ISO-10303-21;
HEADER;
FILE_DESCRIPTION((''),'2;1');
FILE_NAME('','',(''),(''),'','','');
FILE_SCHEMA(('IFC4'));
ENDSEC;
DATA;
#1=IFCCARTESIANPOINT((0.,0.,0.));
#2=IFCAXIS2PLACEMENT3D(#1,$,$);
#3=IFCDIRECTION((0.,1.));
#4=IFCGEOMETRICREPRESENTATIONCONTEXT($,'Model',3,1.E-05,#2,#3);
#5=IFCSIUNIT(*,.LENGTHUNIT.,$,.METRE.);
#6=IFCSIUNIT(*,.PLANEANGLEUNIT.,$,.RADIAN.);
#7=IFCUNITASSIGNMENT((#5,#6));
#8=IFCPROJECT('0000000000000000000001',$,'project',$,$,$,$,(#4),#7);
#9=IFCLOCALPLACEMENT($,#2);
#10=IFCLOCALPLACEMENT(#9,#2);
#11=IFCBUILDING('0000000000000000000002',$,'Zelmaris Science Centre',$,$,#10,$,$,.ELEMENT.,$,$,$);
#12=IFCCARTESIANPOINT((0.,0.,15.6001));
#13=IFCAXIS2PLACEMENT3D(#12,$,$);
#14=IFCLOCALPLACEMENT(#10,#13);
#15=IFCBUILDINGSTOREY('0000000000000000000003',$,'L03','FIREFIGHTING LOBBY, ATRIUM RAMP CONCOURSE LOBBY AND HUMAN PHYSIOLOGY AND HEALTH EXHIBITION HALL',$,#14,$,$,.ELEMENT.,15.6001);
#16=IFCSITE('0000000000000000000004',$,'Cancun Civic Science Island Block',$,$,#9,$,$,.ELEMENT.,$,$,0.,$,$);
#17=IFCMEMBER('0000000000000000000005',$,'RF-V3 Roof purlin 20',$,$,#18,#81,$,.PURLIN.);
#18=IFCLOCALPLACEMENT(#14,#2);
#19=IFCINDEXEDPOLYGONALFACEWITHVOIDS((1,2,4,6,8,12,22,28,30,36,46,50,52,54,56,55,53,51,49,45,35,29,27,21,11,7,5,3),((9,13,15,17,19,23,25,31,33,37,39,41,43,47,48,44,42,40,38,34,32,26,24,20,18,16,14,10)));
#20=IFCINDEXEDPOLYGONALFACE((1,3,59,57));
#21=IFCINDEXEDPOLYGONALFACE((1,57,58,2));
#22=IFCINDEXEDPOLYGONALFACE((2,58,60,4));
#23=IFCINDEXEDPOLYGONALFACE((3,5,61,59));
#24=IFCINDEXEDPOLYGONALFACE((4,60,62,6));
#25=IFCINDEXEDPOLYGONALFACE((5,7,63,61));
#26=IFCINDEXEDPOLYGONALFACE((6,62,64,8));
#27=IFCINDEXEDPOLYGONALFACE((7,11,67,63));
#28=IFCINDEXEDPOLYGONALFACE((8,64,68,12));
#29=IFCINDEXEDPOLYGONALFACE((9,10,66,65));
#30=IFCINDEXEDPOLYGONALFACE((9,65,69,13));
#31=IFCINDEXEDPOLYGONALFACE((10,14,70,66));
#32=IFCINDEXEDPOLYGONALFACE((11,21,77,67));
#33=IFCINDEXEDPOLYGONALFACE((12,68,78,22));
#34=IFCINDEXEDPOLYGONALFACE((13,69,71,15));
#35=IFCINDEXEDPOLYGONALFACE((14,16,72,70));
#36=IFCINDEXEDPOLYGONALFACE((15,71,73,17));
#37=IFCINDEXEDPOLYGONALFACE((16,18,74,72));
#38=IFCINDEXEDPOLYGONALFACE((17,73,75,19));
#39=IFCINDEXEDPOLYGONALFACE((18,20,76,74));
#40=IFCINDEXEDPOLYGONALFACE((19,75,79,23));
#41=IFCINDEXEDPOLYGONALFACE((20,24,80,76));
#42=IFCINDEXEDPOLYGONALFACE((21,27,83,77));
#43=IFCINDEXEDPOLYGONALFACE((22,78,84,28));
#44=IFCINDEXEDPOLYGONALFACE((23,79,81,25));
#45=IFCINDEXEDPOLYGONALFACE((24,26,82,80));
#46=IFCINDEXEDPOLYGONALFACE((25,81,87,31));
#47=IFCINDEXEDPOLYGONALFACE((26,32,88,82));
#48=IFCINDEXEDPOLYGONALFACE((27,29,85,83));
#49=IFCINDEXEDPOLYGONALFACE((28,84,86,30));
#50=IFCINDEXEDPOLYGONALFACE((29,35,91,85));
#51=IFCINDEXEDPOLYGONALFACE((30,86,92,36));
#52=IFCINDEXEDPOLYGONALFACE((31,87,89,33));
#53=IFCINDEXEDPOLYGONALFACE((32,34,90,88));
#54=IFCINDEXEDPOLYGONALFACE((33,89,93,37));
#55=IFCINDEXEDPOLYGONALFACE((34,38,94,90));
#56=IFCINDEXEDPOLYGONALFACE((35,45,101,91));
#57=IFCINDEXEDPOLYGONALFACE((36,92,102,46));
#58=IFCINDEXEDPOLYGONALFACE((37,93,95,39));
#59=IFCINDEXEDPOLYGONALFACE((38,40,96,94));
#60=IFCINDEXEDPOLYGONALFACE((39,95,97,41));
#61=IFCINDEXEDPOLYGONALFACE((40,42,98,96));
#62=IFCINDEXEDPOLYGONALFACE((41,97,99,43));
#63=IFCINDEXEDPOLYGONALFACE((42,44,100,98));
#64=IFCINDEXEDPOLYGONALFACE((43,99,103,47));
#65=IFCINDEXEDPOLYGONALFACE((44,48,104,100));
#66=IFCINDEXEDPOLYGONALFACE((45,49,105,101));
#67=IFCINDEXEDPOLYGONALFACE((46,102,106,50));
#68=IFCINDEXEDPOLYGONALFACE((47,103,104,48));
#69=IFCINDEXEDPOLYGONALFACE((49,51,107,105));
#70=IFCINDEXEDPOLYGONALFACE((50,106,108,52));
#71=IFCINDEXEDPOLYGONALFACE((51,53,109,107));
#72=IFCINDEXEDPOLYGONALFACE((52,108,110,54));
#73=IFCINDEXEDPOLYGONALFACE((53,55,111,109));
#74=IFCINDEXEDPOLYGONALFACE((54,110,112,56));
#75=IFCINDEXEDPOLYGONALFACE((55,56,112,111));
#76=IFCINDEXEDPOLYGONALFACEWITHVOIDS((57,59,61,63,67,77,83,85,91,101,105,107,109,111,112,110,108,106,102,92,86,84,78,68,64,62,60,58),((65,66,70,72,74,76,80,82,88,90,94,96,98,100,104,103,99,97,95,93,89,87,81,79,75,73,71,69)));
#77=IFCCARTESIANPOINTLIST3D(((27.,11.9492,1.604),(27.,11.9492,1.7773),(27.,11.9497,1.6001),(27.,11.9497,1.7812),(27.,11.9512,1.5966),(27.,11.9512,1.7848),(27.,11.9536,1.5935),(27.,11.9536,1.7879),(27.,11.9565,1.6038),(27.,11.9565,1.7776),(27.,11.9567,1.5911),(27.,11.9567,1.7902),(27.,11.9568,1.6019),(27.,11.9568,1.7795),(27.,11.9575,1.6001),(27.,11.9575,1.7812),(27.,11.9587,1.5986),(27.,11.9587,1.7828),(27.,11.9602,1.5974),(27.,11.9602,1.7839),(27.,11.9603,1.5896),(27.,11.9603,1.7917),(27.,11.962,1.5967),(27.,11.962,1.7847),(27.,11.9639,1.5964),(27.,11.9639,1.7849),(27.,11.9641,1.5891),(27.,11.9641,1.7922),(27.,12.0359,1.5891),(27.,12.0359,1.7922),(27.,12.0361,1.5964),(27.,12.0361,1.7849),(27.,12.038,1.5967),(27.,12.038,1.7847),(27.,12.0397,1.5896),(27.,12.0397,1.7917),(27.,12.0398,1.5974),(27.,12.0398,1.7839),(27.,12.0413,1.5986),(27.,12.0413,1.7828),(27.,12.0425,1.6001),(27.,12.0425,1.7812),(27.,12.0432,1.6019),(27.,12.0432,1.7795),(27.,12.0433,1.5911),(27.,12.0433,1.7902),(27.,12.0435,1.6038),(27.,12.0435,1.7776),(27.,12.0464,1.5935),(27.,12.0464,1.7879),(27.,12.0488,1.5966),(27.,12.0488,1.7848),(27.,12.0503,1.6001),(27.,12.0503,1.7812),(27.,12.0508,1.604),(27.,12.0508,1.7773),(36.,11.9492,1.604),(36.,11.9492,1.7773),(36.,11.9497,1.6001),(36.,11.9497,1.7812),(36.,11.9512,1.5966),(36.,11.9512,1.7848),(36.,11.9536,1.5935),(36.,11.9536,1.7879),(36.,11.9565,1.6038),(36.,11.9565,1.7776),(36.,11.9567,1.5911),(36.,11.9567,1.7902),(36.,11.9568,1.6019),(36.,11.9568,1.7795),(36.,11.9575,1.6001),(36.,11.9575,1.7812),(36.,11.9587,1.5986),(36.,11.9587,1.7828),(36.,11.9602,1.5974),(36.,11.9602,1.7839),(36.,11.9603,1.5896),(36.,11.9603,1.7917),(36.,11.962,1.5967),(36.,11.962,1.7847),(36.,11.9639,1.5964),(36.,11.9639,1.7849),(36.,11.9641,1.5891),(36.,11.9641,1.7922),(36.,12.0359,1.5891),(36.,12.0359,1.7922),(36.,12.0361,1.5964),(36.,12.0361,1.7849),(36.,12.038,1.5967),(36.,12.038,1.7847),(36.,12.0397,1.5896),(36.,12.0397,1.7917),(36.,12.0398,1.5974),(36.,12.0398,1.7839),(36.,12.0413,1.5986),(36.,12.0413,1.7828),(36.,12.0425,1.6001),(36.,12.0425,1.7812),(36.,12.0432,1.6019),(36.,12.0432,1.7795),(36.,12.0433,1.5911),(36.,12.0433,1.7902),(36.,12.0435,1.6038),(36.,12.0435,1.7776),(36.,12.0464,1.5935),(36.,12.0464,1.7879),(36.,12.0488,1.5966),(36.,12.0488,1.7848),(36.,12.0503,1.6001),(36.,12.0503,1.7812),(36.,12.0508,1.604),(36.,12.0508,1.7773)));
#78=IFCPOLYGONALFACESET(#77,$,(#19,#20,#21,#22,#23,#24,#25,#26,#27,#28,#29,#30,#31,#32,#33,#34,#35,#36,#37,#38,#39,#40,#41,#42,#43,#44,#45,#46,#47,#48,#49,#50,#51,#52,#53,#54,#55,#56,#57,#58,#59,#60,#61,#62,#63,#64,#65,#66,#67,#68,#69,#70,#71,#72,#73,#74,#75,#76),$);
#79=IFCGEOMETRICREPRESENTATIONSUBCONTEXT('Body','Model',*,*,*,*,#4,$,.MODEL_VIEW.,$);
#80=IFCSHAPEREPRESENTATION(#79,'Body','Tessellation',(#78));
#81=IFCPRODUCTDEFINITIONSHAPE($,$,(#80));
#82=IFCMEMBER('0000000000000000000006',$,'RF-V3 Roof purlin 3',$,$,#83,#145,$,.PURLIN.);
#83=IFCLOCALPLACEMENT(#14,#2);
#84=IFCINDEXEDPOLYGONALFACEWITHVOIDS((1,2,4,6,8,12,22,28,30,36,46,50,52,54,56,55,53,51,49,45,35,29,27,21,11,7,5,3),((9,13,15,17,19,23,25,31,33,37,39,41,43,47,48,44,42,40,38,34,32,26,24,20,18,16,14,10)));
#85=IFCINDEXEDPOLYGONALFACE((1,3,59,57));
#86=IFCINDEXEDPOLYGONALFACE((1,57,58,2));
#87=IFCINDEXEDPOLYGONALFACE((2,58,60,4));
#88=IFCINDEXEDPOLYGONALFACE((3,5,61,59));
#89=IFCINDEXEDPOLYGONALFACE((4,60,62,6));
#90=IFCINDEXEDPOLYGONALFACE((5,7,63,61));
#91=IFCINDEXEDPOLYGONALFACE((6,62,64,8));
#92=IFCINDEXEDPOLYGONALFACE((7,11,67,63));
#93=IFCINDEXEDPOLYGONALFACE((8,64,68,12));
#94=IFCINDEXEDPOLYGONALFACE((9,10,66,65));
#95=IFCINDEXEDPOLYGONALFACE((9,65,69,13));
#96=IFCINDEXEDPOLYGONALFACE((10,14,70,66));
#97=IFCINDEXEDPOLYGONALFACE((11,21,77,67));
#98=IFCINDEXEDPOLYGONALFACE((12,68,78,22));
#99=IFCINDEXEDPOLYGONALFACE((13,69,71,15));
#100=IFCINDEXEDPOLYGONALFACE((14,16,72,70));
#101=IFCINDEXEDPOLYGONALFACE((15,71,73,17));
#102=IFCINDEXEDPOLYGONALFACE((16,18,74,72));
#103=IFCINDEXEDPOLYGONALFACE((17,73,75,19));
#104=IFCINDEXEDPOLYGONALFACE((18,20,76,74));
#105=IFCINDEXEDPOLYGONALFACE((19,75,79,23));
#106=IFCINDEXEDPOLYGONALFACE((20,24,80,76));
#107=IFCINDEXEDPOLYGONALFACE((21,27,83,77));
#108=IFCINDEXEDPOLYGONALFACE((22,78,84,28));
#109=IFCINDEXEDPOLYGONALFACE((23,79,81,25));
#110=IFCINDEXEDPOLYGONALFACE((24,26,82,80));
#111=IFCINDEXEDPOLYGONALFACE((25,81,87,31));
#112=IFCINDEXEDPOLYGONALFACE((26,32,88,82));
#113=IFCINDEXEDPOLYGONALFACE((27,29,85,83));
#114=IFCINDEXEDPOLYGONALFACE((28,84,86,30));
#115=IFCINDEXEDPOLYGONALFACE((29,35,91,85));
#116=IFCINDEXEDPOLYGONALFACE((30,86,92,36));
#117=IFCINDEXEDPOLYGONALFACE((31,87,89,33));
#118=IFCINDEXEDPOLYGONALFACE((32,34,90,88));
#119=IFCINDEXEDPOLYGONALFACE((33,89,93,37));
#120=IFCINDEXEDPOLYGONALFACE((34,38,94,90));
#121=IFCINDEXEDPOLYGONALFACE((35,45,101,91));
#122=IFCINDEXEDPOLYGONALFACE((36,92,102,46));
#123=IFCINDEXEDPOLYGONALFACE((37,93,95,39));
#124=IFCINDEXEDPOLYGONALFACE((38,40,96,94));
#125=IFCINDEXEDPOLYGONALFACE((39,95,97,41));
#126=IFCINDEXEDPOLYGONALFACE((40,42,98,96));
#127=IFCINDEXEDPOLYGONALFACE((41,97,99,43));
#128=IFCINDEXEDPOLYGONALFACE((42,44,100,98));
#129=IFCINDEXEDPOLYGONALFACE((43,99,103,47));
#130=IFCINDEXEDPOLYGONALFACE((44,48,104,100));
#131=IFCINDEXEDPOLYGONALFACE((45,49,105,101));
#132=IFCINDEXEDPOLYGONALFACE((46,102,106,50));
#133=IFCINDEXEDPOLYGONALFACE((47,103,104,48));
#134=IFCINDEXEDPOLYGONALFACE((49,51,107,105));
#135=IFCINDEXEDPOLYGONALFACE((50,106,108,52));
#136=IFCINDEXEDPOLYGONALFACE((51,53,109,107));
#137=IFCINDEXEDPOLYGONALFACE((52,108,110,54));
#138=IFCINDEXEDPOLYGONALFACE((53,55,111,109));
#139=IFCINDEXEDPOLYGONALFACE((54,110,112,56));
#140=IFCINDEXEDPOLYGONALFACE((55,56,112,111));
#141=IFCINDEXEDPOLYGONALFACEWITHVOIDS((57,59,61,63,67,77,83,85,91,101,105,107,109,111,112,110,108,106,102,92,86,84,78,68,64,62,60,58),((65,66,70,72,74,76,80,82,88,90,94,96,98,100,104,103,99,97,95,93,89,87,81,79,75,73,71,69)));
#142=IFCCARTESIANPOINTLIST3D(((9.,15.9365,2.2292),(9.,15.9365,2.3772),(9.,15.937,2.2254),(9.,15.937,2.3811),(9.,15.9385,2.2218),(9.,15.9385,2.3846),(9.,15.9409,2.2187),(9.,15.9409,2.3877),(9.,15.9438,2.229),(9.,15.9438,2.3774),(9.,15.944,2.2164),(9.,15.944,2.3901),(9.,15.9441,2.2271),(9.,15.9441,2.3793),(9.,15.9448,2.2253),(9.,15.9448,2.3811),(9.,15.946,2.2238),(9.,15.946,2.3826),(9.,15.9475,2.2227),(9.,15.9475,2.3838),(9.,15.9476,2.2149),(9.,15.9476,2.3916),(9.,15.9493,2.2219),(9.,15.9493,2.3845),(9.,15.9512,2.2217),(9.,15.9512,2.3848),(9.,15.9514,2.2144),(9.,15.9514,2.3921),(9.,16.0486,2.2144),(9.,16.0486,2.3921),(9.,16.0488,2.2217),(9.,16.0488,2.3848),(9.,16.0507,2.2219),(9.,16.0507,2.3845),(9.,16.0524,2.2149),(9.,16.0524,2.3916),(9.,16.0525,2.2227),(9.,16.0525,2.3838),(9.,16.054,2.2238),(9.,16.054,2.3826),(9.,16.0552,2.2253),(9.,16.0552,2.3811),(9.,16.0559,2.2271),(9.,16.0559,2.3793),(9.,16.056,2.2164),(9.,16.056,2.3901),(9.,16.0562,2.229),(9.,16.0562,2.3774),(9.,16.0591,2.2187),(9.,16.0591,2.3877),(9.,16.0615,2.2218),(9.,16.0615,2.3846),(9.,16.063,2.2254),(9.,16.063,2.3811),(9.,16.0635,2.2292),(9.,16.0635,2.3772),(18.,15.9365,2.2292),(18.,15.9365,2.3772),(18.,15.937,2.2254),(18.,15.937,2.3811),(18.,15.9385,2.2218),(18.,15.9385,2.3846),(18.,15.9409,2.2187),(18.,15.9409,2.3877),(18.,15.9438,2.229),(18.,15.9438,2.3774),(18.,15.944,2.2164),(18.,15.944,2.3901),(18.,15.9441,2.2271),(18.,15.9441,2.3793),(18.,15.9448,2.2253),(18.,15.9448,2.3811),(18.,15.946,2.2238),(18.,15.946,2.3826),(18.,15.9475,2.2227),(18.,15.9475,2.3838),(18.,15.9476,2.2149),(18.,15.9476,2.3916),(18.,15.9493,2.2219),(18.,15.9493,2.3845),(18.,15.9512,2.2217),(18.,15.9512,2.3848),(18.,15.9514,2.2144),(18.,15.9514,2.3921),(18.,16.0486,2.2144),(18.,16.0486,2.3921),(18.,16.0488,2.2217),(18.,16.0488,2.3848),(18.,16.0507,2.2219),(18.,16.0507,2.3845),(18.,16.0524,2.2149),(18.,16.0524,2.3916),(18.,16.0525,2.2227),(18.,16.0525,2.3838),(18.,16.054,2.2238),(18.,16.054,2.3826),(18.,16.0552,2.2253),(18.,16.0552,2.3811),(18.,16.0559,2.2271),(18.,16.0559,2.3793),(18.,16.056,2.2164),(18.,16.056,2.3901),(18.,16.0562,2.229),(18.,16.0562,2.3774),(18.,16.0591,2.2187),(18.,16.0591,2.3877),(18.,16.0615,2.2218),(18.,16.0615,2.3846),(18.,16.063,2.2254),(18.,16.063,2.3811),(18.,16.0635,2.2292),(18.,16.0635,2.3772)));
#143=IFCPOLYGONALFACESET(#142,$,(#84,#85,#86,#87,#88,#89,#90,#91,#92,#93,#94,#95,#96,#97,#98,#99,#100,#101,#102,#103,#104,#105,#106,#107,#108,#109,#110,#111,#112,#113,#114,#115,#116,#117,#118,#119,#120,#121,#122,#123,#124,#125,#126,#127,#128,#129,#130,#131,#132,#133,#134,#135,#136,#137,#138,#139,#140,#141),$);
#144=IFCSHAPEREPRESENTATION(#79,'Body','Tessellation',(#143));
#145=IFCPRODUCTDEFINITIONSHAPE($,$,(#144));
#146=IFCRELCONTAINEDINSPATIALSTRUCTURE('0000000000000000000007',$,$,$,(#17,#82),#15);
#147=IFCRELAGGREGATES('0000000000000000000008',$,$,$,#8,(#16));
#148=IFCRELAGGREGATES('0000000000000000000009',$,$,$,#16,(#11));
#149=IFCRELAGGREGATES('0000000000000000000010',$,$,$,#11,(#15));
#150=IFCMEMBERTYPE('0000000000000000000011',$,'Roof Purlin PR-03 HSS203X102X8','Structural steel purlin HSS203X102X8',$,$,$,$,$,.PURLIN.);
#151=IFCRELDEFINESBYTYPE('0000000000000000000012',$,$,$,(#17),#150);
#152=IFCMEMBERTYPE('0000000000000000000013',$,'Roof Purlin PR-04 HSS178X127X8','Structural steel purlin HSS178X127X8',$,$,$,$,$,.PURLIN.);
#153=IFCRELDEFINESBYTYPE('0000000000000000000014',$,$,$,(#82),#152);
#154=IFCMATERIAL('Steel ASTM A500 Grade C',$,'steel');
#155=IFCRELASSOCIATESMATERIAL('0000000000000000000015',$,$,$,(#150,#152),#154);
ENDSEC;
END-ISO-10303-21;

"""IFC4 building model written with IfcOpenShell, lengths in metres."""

from ifc_helpers import new_model, si_unit, direction, frame, origin, origin_2d, place, context, subcontext, project, spatial, hollow_rectangle, extrude, material, material_profile, profile_set, type_object, element, save


model = new_model("IFC4")

# Units and contexts
model_context = context("Model", 3, precision=1e-05, world=origin(), true_north=direction((0.0, 1.0)))
body_context = subcontext(model_context, "Body", "Model", "MODEL_VIEW")
ifc_project = project(units=[si_unit("LENGTHUNIT", "METRE"), si_unit("PLANEANGLEUNIT", "RADIAN")], contexts=[model_context])

# Site, building, storey
site_placement = place(None, origin())
site = spatial("IfcSite", under=ifc_project, at=site_placement, Name="Cancun Civic Science Island Block", CompositionType="ELEMENT", RefElevation=0.0)
building_placement = place(site_placement, origin())
building = spatial("IfcBuilding", under=site, at=building_placement, Name="Zelmaris Science Centre", CompositionType="ELEMENT")
storey_placement = place(building_placement, frame((0.0, 0.0, 15.6001)))
storey = spatial("IfcBuildingStorey", under=building, at=storey_placement, Name="L03", Description="FIREFIGHTING LOBBY, ATRIUM RAMP CONCOURSE LOBBY AND HUMAN PHYSIOLOGY AND HEALTH EXHIBITION HALL", CompositionType="ELEMENT", Elevation=15.6001)

# Shared definitions
ifc_material = material(Name="Steel ASTM A500 Grade C", Category="steel")

# Members
ifc_material_profile_1 = material_profile(ifc_material, hollow_rectangle(XDim=0.1016, YDim=0.2031, WallThickness=0.0073, InnerFilletRadius=0.0073, OuterFilletRadius=0.0149, at=origin_2d()), Name="HSS203X102X8")
ifc_profile_set_1 = profile_set([ifc_material_profile_1], Name="Steel ASTM A500 Grade C")
member_type_1 = type_object("IfcMemberType", Name="Roof Purlin PR-03 HSS203X102X8", Description="Structural steel purlin HSS203X102X8", PredefinedType="PURLIN", material=ifc_profile_set_1)
for number, where, z_axis, x_axis, name in (
    (1, (27.0, 12.0, 1.6907), (1.0, 0.0, 0.0), (0.0, 1.0, 0.0), "RF-V3 Roof purlin 20"),
):
    element("IfcMember", number, at=place(storey_placement, frame(where, z_axis=z_axis, x_axis=x_axis)), inside=storey, type_object=member_type_1, Name=name, PredefinedType="PURLIN", context=body_context, shape_type="SweptSolid", body=[
        extrude(hollow_rectangle(XDim=0.1016, YDim=0.2031, WallThickness=0.0073, InnerFilletRadius=0.0073, OuterFilletRadius=0.0149, at=origin_2d()), origin(), (0.0, 0.0, 1.0), 9.0),
    ])
ifc_material_profile_2 = material_profile(ifc_material, hollow_rectangle(XDim=0.127, YDim=0.1777, WallThickness=0.0073, InnerFilletRadius=0.0073, OuterFilletRadius=0.0149, at=origin_2d()), Name="HSS178X127X8")
ifc_profile_set_2 = profile_set([ifc_material_profile_2], Name="Steel ASTM A500 Grade C")
member_type_2 = type_object("IfcMemberType", Name="Roof Purlin PR-04 HSS178X127X8", Description="Structural steel purlin HSS178X127X8", PredefinedType="PURLIN", material=ifc_profile_set_2)
for number, where, z_axis, x_axis, name in (
    (2, (9.0, 16.0, 2.3032), (1.0, 0.0, 0.0), (0.0, 1.0, 0.0), "RF-V3 Roof purlin 3"),
):
    element("IfcMember", number, at=place(storey_placement, frame(where, z_axis=z_axis, x_axis=x_axis)), inside=storey, type_object=member_type_2, Name=name, PredefinedType="PURLIN", context=body_context, shape_type="SweptSolid", body=[
        extrude(hollow_rectangle(XDim=0.127, YDim=0.1777, WallThickness=0.0073, InnerFilletRadius=0.0073, OuterFilletRadius=0.0149, at=origin_2d()), origin(), (0.0, 0.0, 1.0), 9.0),
    ])

save(model, "model.ifc")
